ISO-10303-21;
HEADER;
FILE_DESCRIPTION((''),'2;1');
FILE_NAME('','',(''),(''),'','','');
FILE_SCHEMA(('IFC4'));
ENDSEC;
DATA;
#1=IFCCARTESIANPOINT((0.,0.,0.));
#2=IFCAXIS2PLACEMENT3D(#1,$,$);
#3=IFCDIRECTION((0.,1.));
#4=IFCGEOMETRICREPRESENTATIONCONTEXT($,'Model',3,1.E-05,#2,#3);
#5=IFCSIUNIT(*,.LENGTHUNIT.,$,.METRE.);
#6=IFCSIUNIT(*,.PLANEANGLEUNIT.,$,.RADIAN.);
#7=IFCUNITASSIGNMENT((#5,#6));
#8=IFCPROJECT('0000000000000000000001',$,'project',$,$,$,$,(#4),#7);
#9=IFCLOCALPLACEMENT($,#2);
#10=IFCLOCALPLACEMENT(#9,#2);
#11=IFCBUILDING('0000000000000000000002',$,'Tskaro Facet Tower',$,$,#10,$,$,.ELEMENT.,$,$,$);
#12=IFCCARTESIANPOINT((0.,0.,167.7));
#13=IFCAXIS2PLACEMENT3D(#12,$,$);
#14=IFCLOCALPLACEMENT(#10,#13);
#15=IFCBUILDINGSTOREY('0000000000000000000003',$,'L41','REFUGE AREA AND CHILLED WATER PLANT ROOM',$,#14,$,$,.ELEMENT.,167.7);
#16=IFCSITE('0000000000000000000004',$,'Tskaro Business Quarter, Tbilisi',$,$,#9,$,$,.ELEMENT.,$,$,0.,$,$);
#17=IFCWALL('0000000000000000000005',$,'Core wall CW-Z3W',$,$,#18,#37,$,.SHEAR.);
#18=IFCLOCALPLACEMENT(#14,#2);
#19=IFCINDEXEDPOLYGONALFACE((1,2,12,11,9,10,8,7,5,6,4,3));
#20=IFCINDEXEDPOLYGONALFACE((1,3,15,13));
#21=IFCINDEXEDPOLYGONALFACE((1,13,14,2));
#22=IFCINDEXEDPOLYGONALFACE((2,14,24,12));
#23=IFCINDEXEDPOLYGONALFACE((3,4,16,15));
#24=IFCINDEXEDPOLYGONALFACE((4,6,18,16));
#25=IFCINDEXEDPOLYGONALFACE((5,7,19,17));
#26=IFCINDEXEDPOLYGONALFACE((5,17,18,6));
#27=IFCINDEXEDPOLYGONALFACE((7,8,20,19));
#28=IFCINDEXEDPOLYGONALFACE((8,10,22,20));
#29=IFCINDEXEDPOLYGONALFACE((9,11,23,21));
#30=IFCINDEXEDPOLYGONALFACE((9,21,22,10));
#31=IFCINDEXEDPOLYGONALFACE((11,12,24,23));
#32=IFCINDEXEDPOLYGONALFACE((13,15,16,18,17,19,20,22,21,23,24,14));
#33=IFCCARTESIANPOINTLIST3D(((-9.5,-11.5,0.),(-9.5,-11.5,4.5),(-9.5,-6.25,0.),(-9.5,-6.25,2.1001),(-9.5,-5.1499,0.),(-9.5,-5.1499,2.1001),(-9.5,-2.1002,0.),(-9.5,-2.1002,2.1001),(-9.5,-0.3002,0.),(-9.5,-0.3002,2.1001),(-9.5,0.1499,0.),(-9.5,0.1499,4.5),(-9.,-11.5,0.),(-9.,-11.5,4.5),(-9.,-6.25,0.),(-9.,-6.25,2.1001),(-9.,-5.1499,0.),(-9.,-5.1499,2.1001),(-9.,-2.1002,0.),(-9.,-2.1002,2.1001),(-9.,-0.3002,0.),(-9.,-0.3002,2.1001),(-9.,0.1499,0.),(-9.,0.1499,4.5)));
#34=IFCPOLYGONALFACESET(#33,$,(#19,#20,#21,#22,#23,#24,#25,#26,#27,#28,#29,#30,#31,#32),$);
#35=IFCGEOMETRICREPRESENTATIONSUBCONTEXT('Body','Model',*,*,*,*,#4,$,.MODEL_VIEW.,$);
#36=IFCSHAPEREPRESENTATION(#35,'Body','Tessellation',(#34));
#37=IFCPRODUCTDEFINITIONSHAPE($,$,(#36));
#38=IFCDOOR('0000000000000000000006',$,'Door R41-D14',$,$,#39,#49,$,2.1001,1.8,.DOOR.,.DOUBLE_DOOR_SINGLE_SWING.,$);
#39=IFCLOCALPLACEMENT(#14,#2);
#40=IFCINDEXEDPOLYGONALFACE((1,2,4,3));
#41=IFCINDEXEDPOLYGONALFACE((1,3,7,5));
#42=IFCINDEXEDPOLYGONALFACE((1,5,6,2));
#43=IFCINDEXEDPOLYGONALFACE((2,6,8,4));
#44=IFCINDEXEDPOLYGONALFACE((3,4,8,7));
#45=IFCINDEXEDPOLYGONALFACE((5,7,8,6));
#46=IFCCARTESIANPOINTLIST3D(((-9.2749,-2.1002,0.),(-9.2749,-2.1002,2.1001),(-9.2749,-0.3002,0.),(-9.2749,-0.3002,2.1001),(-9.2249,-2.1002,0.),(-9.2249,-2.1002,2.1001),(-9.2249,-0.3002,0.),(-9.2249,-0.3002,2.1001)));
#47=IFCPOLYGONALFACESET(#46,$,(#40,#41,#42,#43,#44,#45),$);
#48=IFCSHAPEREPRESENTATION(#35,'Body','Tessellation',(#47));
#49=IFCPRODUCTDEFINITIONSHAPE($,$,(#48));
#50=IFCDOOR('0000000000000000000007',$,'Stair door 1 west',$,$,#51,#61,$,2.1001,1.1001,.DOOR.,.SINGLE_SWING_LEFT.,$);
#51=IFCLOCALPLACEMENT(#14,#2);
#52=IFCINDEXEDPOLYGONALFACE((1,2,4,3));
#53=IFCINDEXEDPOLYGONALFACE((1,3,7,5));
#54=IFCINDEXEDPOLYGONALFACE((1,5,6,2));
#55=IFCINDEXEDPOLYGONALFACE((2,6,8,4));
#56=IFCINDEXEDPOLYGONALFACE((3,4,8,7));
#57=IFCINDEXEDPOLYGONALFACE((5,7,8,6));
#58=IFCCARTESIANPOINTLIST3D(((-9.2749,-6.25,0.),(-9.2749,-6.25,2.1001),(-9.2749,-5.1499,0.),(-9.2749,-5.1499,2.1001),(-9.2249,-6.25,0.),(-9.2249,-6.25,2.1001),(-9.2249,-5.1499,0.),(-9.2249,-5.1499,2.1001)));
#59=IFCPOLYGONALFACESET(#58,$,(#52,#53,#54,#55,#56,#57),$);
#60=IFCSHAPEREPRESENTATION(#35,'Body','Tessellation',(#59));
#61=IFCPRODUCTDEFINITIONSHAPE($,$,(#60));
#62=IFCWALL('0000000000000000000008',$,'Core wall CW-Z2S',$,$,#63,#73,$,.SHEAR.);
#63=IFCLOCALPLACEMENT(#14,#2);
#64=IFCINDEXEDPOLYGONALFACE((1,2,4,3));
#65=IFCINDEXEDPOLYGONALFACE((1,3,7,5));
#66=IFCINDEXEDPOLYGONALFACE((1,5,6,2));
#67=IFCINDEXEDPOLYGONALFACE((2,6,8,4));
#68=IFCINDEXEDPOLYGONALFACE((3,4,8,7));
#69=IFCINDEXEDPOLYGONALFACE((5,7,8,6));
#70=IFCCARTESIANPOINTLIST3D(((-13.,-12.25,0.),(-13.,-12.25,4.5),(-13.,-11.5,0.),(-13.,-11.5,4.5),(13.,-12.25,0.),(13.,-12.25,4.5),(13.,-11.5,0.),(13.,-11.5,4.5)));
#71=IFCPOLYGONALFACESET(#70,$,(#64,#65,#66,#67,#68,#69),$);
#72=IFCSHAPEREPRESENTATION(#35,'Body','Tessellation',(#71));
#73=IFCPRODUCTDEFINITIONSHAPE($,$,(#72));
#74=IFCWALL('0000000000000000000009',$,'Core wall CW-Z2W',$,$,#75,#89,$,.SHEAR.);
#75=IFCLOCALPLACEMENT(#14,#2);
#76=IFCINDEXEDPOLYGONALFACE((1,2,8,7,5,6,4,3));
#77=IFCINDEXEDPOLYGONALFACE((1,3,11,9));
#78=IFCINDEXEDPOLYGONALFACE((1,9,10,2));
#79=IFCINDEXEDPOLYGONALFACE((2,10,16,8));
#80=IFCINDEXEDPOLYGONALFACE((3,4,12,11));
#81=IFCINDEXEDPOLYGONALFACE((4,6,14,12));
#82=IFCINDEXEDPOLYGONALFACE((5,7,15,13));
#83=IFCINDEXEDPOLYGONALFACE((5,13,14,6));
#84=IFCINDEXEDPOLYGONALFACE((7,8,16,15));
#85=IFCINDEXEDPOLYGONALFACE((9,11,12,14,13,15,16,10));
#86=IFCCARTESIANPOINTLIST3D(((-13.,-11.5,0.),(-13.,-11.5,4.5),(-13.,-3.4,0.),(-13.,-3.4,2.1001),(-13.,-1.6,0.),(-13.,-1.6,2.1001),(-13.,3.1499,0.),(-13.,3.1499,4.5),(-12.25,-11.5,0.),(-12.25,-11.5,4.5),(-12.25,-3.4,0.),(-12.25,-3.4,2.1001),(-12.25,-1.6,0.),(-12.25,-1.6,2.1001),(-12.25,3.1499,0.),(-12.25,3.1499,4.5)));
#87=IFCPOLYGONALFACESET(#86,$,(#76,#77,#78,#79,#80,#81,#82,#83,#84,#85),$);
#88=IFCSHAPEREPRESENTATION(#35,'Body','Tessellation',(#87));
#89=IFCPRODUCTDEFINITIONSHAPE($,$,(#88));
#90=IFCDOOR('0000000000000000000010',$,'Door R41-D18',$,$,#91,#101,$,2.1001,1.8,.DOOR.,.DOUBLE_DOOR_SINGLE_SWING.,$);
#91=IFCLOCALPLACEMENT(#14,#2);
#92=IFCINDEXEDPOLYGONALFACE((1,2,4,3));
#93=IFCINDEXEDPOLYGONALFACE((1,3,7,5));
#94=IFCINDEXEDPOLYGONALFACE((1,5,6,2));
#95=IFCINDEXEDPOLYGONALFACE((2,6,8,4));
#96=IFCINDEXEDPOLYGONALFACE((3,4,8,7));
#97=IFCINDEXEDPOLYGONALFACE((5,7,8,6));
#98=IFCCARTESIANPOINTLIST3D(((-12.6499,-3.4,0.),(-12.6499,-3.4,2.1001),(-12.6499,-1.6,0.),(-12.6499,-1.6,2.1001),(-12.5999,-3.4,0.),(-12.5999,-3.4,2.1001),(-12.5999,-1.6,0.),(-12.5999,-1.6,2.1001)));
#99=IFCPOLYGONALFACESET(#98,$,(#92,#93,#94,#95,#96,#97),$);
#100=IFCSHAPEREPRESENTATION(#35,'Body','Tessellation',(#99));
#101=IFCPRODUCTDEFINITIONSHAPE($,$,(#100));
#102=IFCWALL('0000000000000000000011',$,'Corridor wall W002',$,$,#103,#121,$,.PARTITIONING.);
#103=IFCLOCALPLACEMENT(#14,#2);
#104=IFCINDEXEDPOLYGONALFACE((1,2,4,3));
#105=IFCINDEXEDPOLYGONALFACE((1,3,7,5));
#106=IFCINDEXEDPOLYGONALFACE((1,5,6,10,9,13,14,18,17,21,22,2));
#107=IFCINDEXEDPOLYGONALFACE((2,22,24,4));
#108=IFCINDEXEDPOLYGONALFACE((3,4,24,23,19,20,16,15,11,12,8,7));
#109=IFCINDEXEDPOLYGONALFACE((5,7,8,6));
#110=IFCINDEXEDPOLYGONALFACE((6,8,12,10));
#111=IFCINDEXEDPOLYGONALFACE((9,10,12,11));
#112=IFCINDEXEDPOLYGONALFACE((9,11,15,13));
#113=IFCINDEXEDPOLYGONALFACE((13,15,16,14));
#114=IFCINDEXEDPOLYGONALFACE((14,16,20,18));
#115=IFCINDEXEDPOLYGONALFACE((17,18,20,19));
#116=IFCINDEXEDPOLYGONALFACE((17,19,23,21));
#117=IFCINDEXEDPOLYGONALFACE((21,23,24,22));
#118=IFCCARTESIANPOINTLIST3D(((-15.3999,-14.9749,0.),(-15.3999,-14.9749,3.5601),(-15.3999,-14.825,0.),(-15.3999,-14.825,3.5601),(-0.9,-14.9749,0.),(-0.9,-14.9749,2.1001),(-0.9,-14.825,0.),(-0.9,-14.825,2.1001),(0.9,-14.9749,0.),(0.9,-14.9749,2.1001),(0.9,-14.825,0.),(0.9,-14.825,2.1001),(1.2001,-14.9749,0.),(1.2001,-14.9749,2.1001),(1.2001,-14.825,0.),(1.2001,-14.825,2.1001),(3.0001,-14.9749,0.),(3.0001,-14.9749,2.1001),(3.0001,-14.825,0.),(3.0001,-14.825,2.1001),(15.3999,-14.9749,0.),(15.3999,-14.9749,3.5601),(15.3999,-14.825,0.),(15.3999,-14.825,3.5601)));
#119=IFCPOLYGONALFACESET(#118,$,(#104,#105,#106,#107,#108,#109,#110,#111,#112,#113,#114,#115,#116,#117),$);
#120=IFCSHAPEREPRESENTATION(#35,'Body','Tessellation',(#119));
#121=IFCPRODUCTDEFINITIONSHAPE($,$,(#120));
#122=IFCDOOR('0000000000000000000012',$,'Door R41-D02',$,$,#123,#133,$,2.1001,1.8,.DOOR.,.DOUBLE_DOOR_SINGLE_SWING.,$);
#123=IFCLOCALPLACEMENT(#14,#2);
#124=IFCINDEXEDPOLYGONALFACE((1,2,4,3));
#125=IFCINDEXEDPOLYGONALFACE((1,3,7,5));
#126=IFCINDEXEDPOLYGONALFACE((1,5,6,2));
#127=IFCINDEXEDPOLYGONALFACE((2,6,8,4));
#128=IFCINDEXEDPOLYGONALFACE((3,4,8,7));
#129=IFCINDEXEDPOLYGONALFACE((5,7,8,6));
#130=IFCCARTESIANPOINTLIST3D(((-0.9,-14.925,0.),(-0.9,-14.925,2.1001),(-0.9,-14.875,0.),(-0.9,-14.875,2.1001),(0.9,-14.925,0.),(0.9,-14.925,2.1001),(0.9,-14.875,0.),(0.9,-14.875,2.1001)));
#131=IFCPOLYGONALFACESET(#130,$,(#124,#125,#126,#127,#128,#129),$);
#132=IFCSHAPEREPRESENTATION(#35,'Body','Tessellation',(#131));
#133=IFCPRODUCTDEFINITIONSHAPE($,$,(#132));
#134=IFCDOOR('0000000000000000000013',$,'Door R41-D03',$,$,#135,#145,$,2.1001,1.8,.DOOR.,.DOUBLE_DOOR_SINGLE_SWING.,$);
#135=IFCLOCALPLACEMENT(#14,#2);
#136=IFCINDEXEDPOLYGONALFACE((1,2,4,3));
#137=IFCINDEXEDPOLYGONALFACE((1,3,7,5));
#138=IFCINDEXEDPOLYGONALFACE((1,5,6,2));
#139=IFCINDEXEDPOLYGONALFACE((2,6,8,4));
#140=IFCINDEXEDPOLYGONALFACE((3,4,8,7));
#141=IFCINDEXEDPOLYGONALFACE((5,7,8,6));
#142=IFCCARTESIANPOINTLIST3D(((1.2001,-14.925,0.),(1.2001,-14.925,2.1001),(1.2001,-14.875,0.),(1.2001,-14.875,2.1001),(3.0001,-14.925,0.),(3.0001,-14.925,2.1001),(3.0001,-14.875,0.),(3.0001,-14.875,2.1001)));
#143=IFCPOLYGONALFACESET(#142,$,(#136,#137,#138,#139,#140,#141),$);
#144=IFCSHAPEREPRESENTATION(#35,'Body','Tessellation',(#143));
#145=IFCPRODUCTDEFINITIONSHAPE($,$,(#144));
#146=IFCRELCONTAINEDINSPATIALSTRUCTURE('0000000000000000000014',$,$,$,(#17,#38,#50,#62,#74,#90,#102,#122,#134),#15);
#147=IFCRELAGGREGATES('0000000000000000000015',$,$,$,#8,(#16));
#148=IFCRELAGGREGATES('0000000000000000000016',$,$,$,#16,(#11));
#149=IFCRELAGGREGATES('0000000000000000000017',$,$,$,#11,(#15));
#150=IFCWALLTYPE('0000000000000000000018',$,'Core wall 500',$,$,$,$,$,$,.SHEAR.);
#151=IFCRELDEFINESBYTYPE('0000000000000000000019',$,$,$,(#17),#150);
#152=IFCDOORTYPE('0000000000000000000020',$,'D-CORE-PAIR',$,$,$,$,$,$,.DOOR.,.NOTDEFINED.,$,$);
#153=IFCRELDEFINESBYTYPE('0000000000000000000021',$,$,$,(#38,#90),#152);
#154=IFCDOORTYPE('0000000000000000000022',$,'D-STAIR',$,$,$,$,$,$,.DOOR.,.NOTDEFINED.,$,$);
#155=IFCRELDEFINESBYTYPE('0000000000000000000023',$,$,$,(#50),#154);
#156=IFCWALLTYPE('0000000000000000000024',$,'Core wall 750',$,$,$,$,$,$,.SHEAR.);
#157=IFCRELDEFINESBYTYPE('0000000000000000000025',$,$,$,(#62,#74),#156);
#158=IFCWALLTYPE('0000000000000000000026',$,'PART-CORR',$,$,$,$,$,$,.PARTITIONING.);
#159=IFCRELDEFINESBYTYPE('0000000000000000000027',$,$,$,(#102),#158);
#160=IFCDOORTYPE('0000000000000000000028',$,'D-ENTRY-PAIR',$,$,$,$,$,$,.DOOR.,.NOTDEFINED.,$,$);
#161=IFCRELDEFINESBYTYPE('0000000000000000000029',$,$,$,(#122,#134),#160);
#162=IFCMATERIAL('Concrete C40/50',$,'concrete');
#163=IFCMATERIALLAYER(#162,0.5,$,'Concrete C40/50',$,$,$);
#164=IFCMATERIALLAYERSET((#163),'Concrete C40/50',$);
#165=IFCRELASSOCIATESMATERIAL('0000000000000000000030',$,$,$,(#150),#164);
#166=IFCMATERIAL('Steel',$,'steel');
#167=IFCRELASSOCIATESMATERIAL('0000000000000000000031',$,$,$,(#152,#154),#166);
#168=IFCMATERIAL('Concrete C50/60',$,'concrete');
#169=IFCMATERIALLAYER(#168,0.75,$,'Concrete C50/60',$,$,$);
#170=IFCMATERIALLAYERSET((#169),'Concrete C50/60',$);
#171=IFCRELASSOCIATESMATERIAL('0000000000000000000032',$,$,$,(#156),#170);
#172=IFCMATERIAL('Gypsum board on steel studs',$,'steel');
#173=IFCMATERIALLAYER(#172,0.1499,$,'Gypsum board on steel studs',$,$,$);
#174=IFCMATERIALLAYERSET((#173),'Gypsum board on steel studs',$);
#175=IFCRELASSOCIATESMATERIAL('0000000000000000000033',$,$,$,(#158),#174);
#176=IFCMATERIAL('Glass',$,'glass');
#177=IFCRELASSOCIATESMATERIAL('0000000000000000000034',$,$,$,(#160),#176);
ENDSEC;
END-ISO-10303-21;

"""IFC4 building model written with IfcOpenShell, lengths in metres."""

from ifc_helpers import new_model, si_unit, direction, frame, frame_2d, origin, place, context, subcontext, project, spatial, rectangle, extrude, material, layer, layer_set, type_object, element, fill, save


model = new_model("IFC4")

# Units and contexts
model_context = context("Model", 3, precision=1e-05, world=origin(), true_north=direction((0.0, 1.0)))
body_context = subcontext(model_context, "Body", "Model", "MODEL_VIEW")
ifc_project = project(units=[si_unit("LENGTHUNIT", "METRE"), si_unit("PLANEANGLEUNIT", "RADIAN")], contexts=[model_context])

# Site, building, storey
site_placement = place(None, origin())
site = spatial("IfcSite", under=ifc_project, at=site_placement, Name="Tskaro Business Quarter, Tbilisi", CompositionType="ELEMENT", RefElevation=0.0)
building_placement = place(site_placement, origin())
building = spatial("IfcBuilding", under=site, at=building_placement, Name="Tskaro Facet Tower", CompositionType="ELEMENT")
storey_placement = place(building_placement, frame((0.0, 0.0, 167.7)))
storey = spatial("IfcBuildingStorey", under=building, at=storey_placement, Name="L41", Description="REFUGE AREA AND CHILLED WATER PLANT ROOM", CompositionType="ELEMENT", Elevation=167.7)

# Wall, openings, doors
ifc_material_1 = material(Name="Concrete C40/50", Category="concrete")
ifc_layer_1 = layer(ifc_material_1, 0.5, Name="Concrete C40/50")
ifc_layer_set_1 = layer_set([ifc_layer_1], Name="Concrete C40/50")
wall_type_1 = type_object("IfcWallType", Name="Core wall 500", PredefinedType="SHEAR", material=ifc_layer_set_1)
wall_1_placement = place(storey_placement, frame((-9.25, -11.5, 0.0), z_axis=(0.0, 0.0, 1.0), x_axis=(0.0, 1.0, 0.0)))
wall_1 = element("IfcWall", 1, at=wall_1_placement, inside=storey, type_object=wall_type_1, Name="Core wall CW-Z3W", PredefinedType="SHEAR", context=body_context, shape_type="SweptSolid", body=[
    extrude(rectangle(XDim=11.6499, YDim=0.5, at=frame_2d((5.825, 0.0))), origin(), (0.0, 0.0, 1.0), 4.5),
])
opening_1_placement = place(wall_1_placement, frame((9.3999, 0.0, 0.0)))
opening_1 = element("IfcOpeningElement", 2, at=opening_1_placement, cuts=wall_1, PredefinedType="OPENING", context=body_context, shape_type="SweptSolid", body=[
    extrude(rectangle(XDim=1.8, YDim=2.1001, at=frame_2d((0.8999, 1.05))), frame((0.0, 0.26, 0.0), z_axis=(0.0, -1.0, 0.0), x_axis=(1.0, 0.0, 0.0)), (0.0, 0.0, 1.0), 0.52),
])
opening_2_placement = place(wall_1_placement, frame((5.25, 0.0, 0.0)))
opening_2 = element("IfcOpeningElement", 3, at=opening_2_placement, cuts=wall_1, PredefinedType="OPENING", context=body_context, shape_type="SweptSolid", body=[
    extrude(rectangle(XDim=1.1001, YDim=2.1001, at=frame_2d((0.55, 1.05))), frame((0.0, 0.26, 0.0), z_axis=(0.0, -1.0, 0.0), x_axis=(1.0, 0.0, 0.0)), (0.0, 0.0, 1.0), 0.52),
])
ifc_material_2 = material(Name="Steel", Category="steel")
door_type_1 = type_object("IfcDoorType", Name="D-CORE-PAIR", OperationType="NOTDEFINED", PredefinedType="DOOR", material=ifc_material_2)
door_1_placement = place(opening_1_placement, origin())
door_1 = element("IfcDoor", 4, at=door_1_placement, inside=storey, type_object=door_type_1, Name="Door R41-D14", OperationType="DOUBLE_DOOR_SINGLE_SWING", OverallHeight=2.1001, OverallWidth=1.8, PredefinedType="DOOR", context=body_context, shape_type="SweptSolid", body=[
    extrude(rectangle(XDim=1.8, YDim=2.1001, at=frame_2d((0.8999, 1.05))), frame((0.0, 0.0249, 0.0), z_axis=(0.0, -1.0, 0.0), x_axis=(1.0, 0.0, 0.0)), (0.0, 0.0, 1.0), 0.05),
])
fill(opening_1, door_1)
door_type_2 = type_object("IfcDoorType", Name="D-STAIR", OperationType="NOTDEFINED", PredefinedType="DOOR", material=ifc_material_2)
door_2_placement = place(opening_2_placement, origin())
door_2 = element("IfcDoor", 5, at=door_2_placement, inside=storey, type_object=door_type_2, Name="Stair door 1 west", OperationType="SINGLE_SWING_LEFT", OverallHeight=2.1001, OverallWidth=1.1001, PredefinedType="DOOR", context=body_context, shape_type="SweptSolid", body=[
    extrude(rectangle(XDim=1.1001, YDim=2.1001, at=frame_2d((0.55, 1.05))), frame((0.0, 0.0249, 0.0), z_axis=(0.0, -1.0, 0.0), x_axis=(1.0, 0.0, 0.0)), (0.0, 0.0, 1.0), 0.05),
])
fill(opening_2, door_2)

# Wall
ifc_material_3 = material(Name="Concrete C50/60", Category="concrete")
ifc_layer_2 = layer(ifc_material_3, 0.75, Name="Concrete C50/60")
ifc_layer_set_2 = layer_set([ifc_layer_2], Name="Concrete C50/60")
wall_type_2 = type_object("IfcWallType", Name="Core wall 750", PredefinedType="SHEAR", material=ifc_layer_set_2)
wall_2_placement = place(storey_placement, frame((-13.0, -11.875, 0.0), z_axis=(0.0, 0.0, 1.0), x_axis=(1.0, 0.0, 0.0)))
element("IfcWall", 6, at=wall_2_placement, inside=storey, type_object=wall_type_2, Name="Core wall CW-Z2S", PredefinedType="SHEAR", context=body_context, shape_type="SweptSolid", body=[
    extrude(rectangle(XDim=26.0, YDim=0.75, at=frame_2d((13.0, 0.0))), origin(), (0.0, 0.0, 1.0), 4.5),
])

# Wall, opening, door
wall_3_placement = place(storey_placement, frame((-12.625, -11.5, 0.0), z_axis=(0.0, 0.0, 1.0), x_axis=(0.0, 1.0, 0.0)))
wall_3 = element("IfcWall", 7, at=wall_3_placement, inside=storey, type_object=wall_type_2, Name="Core wall CW-Z2W", PredefinedType="SHEAR", context=body_context, shape_type="SweptSolid", body=[
    extrude(rectangle(XDim=14.6499, YDim=0.75, at=frame_2d((7.325, 0.0))), origin(), (0.0, 0.0, 1.0), 4.5),
])
opening_3_placement = place(wall_3_placement, frame((8.1001, 0.0, 0.0)))
opening_3 = element("IfcOpeningElement", 8, at=opening_3_placement, cuts=wall_3, PredefinedType="OPENING", context=body_context, shape_type="SweptSolid", body=[
    extrude(rectangle(XDim=1.8, YDim=2.1001, at=frame_2d((0.8999, 1.05))), frame((0.0, 0.385, 0.0), z_axis=(0.0, -1.0, 0.0), x_axis=(1.0, 0.0, 0.0)), (0.0, 0.0, 1.0), 0.77),
])
door_3_placement = place(opening_3_placement, origin())
door_3 = element("IfcDoor", 9, at=door_3_placement, inside=storey, type_object=door_type_1, Name="Door R41-D18", OperationType="DOUBLE_DOOR_SINGLE_SWING", OverallHeight=2.1001, OverallWidth=1.8, PredefinedType="DOOR", context=body_context, shape_type="SweptSolid", body=[
    extrude(rectangle(XDim=1.8, YDim=2.1001, at=frame_2d((0.8999, 1.05))), frame((0.0, 0.0249, 0.0), z_axis=(0.0, -1.0, 0.0), x_axis=(1.0, 0.0, 0.0)), (0.0, 0.0, 1.0), 0.05),
])
fill(opening_3, door_3)

# Wall, openings, doors
ifc_material_4 = material(Name="Gypsum board on steel studs", Category="steel")
ifc_layer_3 = layer(ifc_material_4, 0.1499, Name="Gypsum board on steel studs")
ifc_layer_set_3 = layer_set([ifc_layer_3], Name="Gypsum board on steel studs")
wall_type_3 = type_object("IfcWallType", Name="PART-CORR", PredefinedType="PARTITIONING", material=ifc_layer_set_3)
wall_4_placement = place(storey_placement, frame((-15.3999, -14.8999, 0.0), z_axis=(0.0, 0.0, 1.0), x_axis=(1.0, 0.0, 0.0)))
wall_4 = element("IfcWall", 10, at=wall_4_placement, inside=storey, type_object=wall_type_3, Name="Corridor wall W002", PredefinedType="PARTITIONING", context=body_context, shape_type="SweptSolid", body=[
    extrude(rectangle(XDim=30.7998, YDim=0.1499, at=frame_2d((15.3999, 0.0))), origin(), (0.0, 0.0, 1.0), 3.5601),
])
opening_4_placement = place(wall_4_placement, frame((14.5, 0.0, 0.0)))
opening_4 = element("IfcOpeningElement", 11, at=opening_4_placement, cuts=wall_4, PredefinedType="OPENING", context=body_context, shape_type="SweptSolid", body=[
    extrude(rectangle(XDim=1.8, YDim=2.1001, at=frame_2d((0.8999, 1.05))), frame((0.0, 0.085, 0.0), z_axis=(0.0, -1.0, 0.0), x_axis=(1.0, 0.0, 0.0)), (0.0, 0.0, 1.0), 0.1699),
])
opening_5_placement = place(wall_4_placement, frame((16.6001, 0.0, 0.0)))
opening_5 = element("IfcOpeningElement", 12, at=opening_5_placement, cuts=wall_4, PredefinedType="OPENING", context=body_context, shape_type="SweptSolid", body=[
    extrude(rectangle(XDim=1.8, YDim=2.1001, at=frame_2d((0.8999, 1.05))), frame((0.0, 0.085, 0.0), z_axis=(0.0, -1.0, 0.0), x_axis=(1.0, 0.0, 0.0)), (0.0, 0.0, 1.0), 0.1699),
])
ifc_material_5 = material(Name="Glass", Category="glass")
door_type_3 = type_object("IfcDoorType", Name="D-ENTRY-PAIR", OperationType="NOTDEFINED", PredefinedType="DOOR", material=ifc_material_5)
door_4_placement = place(opening_4_placement, origin())
door_4 = element("IfcDoor", 13, at=door_4_placement, inside=storey, type_object=door_type_3, Name="Door R41-D02", OperationType="DOUBLE_DOOR_SINGLE_SWING", OverallHeight=2.1001, OverallWidth=1.8, PredefinedType="DOOR", context=body_context, shape_type="SweptSolid", body=[
    extrude(rectangle(XDim=1.8, YDim=2.1001, at=frame_2d((0.8999, 1.05))), frame((0.0, 0.0249, 0.0), z_axis=(0.0, -1.0, 0.0), x_axis=(1.0, 0.0, 0.0)), (0.0, 0.0, 1.0), 0.05),
])
fill(opening_4, door_4)
door_5_placement = place(opening_5_placement, origin())
door_5 = element("IfcDoor", 14, at=door_5_placement, inside=storey, type_object=door_type_3, Name="Door R41-D03", OperationType="DOUBLE_DOOR_SINGLE_SWING", OverallHeight=2.1001, OverallWidth=1.8, PredefinedType="DOOR", context=body_context, shape_type="SweptSolid", body=[
    extrude(rectangle(XDim=1.8, YDim=2.1001, at=frame_2d((0.8999, 1.05))), frame((0.0, 0.0249, 0.0), z_axis=(0.0, -1.0, 0.0), x_axis=(1.0, 0.0, 0.0)), (0.0, 0.0, 1.0), 0.05),
])
fill(opening_5, door_5)

save(model, "model.ifc")
